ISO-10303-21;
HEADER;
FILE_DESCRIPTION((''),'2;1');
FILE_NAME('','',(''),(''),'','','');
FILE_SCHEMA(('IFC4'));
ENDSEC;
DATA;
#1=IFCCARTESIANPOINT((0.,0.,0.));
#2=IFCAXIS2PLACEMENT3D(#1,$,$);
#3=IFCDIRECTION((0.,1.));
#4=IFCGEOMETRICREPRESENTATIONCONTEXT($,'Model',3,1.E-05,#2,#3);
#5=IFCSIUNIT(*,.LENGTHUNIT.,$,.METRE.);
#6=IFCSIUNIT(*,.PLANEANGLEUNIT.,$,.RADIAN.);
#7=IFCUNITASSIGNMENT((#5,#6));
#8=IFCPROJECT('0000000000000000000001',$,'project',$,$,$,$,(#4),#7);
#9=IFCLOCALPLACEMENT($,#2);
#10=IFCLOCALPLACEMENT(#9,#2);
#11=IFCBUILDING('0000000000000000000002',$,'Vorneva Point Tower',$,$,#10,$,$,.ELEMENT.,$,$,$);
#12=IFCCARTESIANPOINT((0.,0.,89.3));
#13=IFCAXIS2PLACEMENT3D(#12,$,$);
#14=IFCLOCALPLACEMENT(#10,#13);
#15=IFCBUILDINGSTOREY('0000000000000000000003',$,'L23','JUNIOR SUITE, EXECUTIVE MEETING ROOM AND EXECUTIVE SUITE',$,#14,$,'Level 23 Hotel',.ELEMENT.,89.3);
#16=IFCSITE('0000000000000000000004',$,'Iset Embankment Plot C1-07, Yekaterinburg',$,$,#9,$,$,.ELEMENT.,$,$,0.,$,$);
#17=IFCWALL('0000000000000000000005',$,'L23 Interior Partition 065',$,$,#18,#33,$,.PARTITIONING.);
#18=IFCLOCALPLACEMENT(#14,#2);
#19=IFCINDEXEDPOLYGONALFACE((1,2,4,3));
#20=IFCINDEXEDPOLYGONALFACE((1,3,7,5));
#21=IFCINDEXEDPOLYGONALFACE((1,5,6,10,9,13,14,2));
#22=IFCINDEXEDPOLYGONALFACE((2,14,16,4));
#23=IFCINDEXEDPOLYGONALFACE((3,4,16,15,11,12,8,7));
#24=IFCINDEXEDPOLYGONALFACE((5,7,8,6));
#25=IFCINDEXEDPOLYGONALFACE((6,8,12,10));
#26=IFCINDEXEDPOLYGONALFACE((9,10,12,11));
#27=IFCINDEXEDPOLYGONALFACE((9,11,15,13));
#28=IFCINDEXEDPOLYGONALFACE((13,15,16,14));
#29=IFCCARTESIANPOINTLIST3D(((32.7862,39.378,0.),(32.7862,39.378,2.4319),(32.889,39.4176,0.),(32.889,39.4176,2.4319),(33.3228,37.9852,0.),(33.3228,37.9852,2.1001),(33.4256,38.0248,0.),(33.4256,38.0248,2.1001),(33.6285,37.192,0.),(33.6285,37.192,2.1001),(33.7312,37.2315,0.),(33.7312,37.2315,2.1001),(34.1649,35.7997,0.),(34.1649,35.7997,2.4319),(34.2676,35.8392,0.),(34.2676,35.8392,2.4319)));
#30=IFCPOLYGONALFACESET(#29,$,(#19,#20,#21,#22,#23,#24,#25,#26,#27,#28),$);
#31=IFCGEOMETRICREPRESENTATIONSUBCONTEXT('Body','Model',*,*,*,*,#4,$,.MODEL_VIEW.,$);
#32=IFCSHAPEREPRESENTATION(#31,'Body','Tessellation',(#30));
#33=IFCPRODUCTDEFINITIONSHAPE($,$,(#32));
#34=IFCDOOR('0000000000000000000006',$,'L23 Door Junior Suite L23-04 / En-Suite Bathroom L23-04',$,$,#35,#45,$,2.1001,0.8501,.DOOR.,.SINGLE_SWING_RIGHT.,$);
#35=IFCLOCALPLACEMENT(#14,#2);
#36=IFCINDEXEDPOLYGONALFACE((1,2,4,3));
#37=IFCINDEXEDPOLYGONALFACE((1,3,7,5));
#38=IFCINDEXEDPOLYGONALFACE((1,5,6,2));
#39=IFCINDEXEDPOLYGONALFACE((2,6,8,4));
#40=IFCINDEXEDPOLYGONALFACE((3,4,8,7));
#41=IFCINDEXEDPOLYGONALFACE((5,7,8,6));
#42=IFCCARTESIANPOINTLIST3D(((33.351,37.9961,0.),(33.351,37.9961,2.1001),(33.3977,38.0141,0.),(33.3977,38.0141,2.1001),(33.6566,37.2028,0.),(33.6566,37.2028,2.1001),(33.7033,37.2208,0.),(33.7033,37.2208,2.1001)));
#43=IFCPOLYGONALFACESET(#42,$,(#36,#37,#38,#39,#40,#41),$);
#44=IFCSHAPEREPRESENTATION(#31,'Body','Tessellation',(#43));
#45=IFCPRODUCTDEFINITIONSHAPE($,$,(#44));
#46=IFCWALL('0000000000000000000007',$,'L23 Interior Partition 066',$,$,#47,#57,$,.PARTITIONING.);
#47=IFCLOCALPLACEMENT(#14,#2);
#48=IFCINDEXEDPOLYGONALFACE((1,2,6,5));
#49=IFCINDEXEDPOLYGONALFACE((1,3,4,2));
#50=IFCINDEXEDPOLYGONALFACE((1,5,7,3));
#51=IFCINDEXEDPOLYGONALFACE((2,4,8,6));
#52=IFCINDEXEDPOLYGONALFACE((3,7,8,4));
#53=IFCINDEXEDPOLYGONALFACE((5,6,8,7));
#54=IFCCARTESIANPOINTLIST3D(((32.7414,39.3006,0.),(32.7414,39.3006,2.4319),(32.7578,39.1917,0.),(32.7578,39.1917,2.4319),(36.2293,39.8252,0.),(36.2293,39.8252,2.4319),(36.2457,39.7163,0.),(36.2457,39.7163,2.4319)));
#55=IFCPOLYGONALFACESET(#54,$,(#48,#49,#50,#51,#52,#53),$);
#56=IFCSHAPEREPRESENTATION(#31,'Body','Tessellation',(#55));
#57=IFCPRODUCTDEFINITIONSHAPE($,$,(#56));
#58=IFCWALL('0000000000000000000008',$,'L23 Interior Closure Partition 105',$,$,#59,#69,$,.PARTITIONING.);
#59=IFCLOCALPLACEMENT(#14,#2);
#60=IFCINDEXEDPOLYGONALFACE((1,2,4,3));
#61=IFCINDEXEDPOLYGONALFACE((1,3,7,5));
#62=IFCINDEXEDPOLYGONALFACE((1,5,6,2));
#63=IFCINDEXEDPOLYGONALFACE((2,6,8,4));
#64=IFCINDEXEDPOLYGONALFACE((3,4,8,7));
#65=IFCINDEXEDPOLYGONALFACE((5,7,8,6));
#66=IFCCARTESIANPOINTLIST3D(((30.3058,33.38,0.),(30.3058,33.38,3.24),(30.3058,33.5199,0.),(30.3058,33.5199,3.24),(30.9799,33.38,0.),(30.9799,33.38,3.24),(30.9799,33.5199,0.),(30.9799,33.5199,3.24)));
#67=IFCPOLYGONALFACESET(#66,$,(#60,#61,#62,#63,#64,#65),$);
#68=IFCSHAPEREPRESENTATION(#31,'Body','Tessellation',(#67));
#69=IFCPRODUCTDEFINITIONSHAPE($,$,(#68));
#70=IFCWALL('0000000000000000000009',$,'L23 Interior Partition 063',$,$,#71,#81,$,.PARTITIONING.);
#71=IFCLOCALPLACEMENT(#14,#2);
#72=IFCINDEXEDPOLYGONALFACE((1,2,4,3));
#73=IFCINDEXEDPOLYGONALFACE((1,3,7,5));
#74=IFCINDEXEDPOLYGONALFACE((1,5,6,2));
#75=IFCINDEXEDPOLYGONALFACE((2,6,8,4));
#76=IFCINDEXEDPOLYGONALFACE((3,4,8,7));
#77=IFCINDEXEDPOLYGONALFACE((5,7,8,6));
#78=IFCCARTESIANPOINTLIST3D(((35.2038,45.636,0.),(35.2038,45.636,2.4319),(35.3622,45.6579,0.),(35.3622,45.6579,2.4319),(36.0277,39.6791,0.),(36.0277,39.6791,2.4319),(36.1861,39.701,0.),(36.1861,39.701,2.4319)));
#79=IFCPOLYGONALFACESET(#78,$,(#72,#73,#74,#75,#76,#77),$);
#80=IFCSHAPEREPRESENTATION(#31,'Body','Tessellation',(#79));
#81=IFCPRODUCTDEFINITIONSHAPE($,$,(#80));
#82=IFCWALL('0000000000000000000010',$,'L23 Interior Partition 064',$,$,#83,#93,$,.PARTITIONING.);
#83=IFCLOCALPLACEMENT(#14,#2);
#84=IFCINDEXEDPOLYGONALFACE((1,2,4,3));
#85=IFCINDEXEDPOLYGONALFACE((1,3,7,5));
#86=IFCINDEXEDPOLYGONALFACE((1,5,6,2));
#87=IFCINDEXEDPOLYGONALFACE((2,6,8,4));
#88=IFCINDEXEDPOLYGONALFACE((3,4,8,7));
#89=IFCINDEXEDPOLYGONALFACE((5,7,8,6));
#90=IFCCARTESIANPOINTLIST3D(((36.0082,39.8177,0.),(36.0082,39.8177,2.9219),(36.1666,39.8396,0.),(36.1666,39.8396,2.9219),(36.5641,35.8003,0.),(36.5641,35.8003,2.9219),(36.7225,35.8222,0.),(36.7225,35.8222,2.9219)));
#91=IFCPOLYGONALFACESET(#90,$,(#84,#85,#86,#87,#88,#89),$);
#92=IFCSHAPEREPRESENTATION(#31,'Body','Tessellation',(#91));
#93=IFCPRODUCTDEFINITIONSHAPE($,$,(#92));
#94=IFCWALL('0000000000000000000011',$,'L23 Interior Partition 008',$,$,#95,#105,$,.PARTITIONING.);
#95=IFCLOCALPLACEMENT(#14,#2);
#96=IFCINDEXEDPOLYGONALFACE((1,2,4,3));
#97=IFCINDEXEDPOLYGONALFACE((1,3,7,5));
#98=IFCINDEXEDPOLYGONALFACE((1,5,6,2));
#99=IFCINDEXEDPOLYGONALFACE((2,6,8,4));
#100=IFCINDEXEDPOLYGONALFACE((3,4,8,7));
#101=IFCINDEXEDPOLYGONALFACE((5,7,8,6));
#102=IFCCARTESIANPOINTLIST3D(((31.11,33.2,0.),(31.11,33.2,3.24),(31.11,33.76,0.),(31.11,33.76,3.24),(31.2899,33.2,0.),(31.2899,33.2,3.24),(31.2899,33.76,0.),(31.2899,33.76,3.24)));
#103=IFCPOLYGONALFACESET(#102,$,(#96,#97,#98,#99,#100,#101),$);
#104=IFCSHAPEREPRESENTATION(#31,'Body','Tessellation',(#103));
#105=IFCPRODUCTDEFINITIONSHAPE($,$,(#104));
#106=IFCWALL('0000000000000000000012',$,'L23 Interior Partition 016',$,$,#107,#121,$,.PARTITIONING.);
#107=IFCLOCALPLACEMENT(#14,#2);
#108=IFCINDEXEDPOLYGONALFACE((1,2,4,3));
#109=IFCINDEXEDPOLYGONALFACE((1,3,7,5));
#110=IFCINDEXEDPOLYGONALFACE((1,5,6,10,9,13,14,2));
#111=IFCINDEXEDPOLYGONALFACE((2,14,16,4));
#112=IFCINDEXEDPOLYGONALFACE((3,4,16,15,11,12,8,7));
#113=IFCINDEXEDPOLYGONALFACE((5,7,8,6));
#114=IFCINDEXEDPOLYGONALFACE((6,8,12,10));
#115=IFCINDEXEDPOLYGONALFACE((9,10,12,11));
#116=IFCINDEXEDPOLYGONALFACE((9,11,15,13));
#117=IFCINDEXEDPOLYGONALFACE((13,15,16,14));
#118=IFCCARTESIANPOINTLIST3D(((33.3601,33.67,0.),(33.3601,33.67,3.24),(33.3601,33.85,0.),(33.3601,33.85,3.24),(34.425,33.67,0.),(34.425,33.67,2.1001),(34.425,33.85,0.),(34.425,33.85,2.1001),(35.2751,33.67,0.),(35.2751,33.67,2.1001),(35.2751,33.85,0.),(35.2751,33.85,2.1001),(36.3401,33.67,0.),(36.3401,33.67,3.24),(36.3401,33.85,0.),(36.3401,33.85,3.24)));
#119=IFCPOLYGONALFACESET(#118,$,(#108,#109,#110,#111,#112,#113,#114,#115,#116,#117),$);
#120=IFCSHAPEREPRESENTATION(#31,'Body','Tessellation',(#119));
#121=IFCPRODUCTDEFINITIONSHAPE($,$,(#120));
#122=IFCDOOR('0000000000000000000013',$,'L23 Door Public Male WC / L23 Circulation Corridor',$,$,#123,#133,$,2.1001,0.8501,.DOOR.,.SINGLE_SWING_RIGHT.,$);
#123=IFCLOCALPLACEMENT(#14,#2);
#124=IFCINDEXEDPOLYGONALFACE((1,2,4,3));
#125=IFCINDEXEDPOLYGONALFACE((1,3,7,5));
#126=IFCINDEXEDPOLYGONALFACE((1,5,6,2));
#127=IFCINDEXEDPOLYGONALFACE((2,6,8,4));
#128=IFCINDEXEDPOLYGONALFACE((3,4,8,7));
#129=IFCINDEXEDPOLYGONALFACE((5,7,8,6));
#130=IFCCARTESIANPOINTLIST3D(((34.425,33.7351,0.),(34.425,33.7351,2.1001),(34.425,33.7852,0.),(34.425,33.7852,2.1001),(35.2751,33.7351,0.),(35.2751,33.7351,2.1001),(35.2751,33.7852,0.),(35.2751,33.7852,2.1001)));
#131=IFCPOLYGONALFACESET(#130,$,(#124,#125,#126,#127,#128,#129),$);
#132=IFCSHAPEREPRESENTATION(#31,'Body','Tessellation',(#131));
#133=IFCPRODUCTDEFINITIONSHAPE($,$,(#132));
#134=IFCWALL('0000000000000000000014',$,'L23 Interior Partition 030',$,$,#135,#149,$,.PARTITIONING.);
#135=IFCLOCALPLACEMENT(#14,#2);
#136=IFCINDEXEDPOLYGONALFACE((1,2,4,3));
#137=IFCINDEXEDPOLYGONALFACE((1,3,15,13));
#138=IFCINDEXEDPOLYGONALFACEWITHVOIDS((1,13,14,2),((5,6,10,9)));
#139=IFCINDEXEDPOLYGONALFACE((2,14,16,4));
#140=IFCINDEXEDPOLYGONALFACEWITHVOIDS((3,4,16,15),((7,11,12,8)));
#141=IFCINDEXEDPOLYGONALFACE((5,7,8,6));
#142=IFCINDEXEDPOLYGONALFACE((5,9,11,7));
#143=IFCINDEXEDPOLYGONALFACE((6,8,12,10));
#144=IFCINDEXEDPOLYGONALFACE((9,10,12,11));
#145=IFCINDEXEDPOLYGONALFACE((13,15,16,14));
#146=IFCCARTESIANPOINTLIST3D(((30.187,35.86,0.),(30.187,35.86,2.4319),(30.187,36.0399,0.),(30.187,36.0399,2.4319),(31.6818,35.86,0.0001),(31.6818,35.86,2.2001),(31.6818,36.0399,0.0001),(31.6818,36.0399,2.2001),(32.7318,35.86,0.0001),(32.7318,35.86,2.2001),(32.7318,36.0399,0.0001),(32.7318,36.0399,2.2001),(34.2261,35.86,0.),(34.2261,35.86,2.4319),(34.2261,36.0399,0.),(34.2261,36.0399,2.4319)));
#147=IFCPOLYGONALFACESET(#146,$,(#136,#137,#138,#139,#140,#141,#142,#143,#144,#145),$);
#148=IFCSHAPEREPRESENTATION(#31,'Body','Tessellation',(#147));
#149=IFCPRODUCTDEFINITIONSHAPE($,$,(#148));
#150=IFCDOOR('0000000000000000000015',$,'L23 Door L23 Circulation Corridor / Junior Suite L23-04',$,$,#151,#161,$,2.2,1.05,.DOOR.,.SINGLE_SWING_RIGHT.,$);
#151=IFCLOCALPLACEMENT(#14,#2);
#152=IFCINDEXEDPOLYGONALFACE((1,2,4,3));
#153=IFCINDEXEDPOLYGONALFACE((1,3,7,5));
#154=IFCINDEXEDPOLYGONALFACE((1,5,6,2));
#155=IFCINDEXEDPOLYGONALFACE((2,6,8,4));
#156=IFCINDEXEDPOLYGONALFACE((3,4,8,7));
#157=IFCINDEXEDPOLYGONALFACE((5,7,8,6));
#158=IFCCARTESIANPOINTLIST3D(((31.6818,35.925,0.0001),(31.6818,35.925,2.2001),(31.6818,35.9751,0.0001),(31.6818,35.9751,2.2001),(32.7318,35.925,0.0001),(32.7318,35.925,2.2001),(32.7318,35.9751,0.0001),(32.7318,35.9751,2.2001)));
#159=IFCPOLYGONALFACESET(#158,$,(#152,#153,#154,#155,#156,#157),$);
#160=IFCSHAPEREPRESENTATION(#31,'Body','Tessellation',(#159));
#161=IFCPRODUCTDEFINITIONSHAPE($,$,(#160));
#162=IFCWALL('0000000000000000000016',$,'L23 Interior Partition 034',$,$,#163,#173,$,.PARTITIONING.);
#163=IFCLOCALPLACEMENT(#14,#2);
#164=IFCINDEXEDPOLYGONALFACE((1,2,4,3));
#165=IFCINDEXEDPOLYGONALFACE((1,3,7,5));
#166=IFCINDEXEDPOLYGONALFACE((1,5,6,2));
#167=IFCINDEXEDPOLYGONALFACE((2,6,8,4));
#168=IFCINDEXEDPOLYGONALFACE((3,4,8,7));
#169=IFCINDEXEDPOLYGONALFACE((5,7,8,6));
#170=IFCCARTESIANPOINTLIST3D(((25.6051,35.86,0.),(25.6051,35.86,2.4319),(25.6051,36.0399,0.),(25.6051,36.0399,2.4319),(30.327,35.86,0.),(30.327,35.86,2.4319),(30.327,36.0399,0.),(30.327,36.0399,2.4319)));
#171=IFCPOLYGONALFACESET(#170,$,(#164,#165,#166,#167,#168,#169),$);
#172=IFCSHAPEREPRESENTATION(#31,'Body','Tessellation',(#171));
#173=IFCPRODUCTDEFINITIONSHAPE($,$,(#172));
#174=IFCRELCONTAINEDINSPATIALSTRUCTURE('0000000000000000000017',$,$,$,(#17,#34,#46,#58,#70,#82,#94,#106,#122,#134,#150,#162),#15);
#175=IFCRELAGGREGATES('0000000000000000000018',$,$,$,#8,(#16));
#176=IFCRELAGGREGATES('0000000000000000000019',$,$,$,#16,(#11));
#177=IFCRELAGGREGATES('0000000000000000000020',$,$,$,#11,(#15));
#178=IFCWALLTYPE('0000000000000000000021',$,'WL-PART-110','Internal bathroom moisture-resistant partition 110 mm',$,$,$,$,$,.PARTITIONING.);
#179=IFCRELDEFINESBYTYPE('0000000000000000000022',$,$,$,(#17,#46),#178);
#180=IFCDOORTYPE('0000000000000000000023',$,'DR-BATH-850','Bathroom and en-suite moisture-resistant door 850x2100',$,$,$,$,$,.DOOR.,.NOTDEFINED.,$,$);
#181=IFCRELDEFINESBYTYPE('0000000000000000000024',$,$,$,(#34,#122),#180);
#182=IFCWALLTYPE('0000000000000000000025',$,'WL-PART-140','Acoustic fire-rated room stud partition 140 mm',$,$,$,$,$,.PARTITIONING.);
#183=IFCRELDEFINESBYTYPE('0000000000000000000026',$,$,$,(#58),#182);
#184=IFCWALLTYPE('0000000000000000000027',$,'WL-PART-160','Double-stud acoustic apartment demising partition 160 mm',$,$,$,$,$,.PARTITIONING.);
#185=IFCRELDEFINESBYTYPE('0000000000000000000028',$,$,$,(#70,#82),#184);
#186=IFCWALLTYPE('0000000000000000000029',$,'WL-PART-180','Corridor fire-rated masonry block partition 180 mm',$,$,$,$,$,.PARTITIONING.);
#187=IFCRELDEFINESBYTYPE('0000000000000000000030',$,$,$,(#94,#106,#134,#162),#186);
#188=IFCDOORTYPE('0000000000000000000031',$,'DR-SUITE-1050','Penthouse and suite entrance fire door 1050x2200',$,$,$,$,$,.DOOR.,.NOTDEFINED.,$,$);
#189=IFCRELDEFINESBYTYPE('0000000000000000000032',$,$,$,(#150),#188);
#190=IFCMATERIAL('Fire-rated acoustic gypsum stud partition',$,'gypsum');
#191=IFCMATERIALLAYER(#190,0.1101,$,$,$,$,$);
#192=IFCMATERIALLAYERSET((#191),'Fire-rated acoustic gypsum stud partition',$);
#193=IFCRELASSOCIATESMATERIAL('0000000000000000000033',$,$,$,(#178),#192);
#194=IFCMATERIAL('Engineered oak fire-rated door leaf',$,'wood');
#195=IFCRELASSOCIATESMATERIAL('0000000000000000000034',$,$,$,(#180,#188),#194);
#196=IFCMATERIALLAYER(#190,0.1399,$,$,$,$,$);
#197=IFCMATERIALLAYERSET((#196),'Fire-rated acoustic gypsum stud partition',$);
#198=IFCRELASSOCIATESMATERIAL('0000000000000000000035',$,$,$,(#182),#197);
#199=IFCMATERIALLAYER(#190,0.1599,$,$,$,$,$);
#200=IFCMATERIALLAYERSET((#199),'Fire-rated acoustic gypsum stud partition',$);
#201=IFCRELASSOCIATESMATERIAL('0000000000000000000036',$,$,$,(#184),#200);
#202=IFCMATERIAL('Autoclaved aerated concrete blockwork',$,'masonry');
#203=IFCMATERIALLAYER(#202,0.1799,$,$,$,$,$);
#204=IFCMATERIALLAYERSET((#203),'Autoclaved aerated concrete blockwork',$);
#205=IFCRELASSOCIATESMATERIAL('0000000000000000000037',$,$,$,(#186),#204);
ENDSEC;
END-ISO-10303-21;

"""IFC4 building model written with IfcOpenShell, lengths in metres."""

from ifc_helpers import new_model, si_unit, direction, frame, frame_2d, origin, place, context, subcontext, project, spatial, rectangle, extrude, material, layer, layer_set, type_object, element, fill, save


model = new_model("IFC4")

# Units and contexts
model_context = context("Model", 3, precision=1e-05, world=origin(), true_north=direction((0.0, 1.0)))
body_context = subcontext(model_context, "Body", "Model", "MODEL_VIEW")
ifc_project = project(units=[si_unit("LENGTHUNIT", "METRE"), si_unit("PLANEANGLEUNIT", "RADIAN")], contexts=[model_context])

# Site, building, storey
site_placement = place(None, origin())
site = spatial("IfcSite", under=ifc_project, at=site_placement, Name="Iset Embankment Plot C1-07, Yekaterinburg", CompositionType="ELEMENT", RefElevation=0.0)
building_placement = place(site_placement, origin())
building = spatial("IfcBuilding", under=site, at=building_placement, Name="Vorneva Point Tower", CompositionType="ELEMENT")
storey_placement = place(building_placement, frame((0.0, 0.0, 89.3)))
storey = spatial("IfcBuildingStorey", under=building, at=storey_placement, Name="L23", Description="JUNIOR SUITE, EXECUTIVE MEETING ROOM AND EXECUTIVE SUITE", LongName="Level 23 Hotel", CompositionType="ELEMENT", Elevation=89.3)

# Wall, opening, door
ifc_material_1 = material(Name="Fire-rated acoustic gypsum stud partition", Category="gypsum")
ifc_layer_1 = layer(ifc_material_1, 0.1101)
ifc_layer_set_1 = layer_set([ifc_layer_1], Name="Fire-rated acoustic gypsum stud partition")
wall_type_1 = type_object("IfcWallType", Name="WL-PART-110", Description="Internal bathroom moisture-resistant partition 110 mm", PredefinedType="PARTITIONING", material=ifc_layer_set_1)
wall_1_placement = place(storey_placement, frame((34.2163, 35.8193, 0.0), z_axis=(0.0, 0.0, 1.0), x_axis=(-0.359517, 0.933139, 0.0)))
wall_1 = element("IfcWall", 1, at=wall_1_placement, inside=storey, type_object=wall_type_1, Name="L23 Interior Partition 065", PredefinedType="PARTITIONING", context=body_context, shape_type="SweptSolid", body=[
    extrude(rectangle(XDim=3.8347, YDim=0.1101, at=frame_2d((1.9175, 0.0))), origin(), (0.0, 0.0, 1.0), 2.4319),
])
opening_1_placement = place(wall_1_placement, frame((1.4922, 0.0, 0.0)))
opening_1 = element("IfcOpeningElement", 2, at=opening_1_placement, cuts=wall_1, PredefinedType="OPENING", context=body_context, shape_type="SweptSolid", body=[
    extrude(rectangle(XDim=0.8501, YDim=2.1001, at=frame_2d((0.425, 1.05))), frame((0.0, 0.0698, 0.0), z_axis=(0.0, -1.0, 0.0), x_axis=(1.0, 0.0, 0.0)), (0.0, 0.0, 1.0), 0.1399),
])
ifc_material_2 = material(Name="Engineered oak fire-rated door leaf", Category="wood")
door_type_1 = type_object("IfcDoorType", Name="DR-BATH-850", Description="Bathroom and en-suite moisture-resistant door 850x2100", OperationType="NOTDEFINED", PredefinedType="DOOR", material=ifc_material_2)
door_1_placement = place(opening_1_placement, origin())
door_1 = element("IfcDoor", 3, at=door_1_placement, inside=storey, type_object=door_type_1, Name="L23 Door Junior Suite L23-04 / En-Suite Bathroom L23-04", OperationType="SINGLE_SWING_RIGHT", OverallHeight=2.1001, OverallWidth=0.8501, PredefinedType="DOOR", context=body_context, shape_type="SweptSolid", body=[
    extrude(rectangle(XDim=0.8501, YDim=2.1001, at=frame_2d((0.425, 1.05))), frame((0.0, 0.0249, 0.0), z_axis=(0.0, -1.0, 0.0), x_axis=(1.0, 0.0, 0.0)), (0.0, 0.0, 1.0), 0.05),
])
fill(opening_1, door_1)

# Walls
wall_2_placement = place(storey_placement, frame((32.7495, 39.2461, 0.0), z_axis=(0.0, 0.0, 1.0), x_axis=(0.988874, 0.148753, 0.0)))
element("IfcWall", 4, at=wall_2_placement, inside=storey, type_object=wall_type_1, Name="L23 Interior Partition 066", PredefinedType="PARTITIONING", context=body_context, shape_type="SweptSolid", body=[
    extrude(rectangle(XDim=3.5271, YDim=0.1101, at=frame_2d((1.7637, 0.0))), origin(), (0.0, 0.0, 1.0), 2.4319),
])
ifc_layer_2 = layer(ifc_material_1, 0.1399)
ifc_layer_set_2 = layer_set([ifc_layer_2], Name="Fire-rated acoustic gypsum stud partition")
wall_type_2 = type_object("IfcWallType", Name="WL-PART-140", Description="Acoustic fire-rated room stud partition 140 mm", PredefinedType="PARTITIONING", material=ifc_layer_set_2)
wall_3_placement = place(storey_placement, frame((30.3059, 33.45, 0.0), z_axis=(0.0, 0.0, 1.0), x_axis=(1.0, 0.0, 0.0)))
element("IfcWall", 5, at=wall_3_placement, inside=storey, type_object=wall_type_2, Name="L23 Interior Closure Partition 105", PredefinedType="PARTITIONING", context=body_context, shape_type="SweptSolid", body=[
    extrude(rectangle(XDim=0.6741, YDim=0.1399, at=frame_2d((0.3369, 0.0))), origin(), (0.0, 0.0, 1.0), 3.24),
])
ifc_layer_3 = layer(ifc_material_1, 0.1599)
ifc_layer_set_3 = layer_set([ifc_layer_3], Name="Fire-rated acoustic gypsum stud partition")
wall_type_3 = type_object("IfcWallType", Name="WL-PART-160", Description="Double-stud acoustic apartment demising partition 160 mm", PredefinedType="PARTITIONING", material=ifc_layer_set_3)
wall_4_placement = place(storey_placement, frame((35.283, 45.647, 0.0), z_axis=(0.0, 0.0, 1.0), x_axis=(0.137015, -0.990569, 0.0)))
element("IfcWall", 6, at=wall_4_placement, inside=storey, type_object=wall_type_3, Name="L23 Interior Partition 063", PredefinedType="PARTITIONING", context=body_context, shape_type="SweptSolid", body=[
    extrude(rectangle(XDim=6.0137, YDim=0.1599, at=frame_2d((3.0068, 0.0))), origin(), (0.0, 0.0, 1.0), 2.4319),
])
wall_5_placement = place(storey_placement, frame((36.0874, 39.8286, 0.0), z_axis=(0.0, 0.0, 1.0), x_axis=(0.137071, -0.990561, 0.0)))
element("IfcWall", 7, at=wall_5_placement, inside=storey, type_object=wall_type_3, Name="L23 Interior Partition 064", PredefinedType="PARTITIONING", context=body_context, shape_type="SweptSolid", body=[
    extrude(rectangle(XDim=4.0557, YDim=0.1599, at=frame_2d((2.0278, 0.0))), origin(), (0.0, 0.0, 1.0), 2.9219),
])

# Shared definitions
ifc_material_3 = material(Name="Autoclaved aerated concrete blockwork", Category="masonry")
ifc_layer_4 = layer(ifc_material_3, 0.1799)
ifc_layer_set_4 = layer_set([ifc_layer_4], Name="Autoclaved aerated concrete blockwork")
wall_type_4 = type_object("IfcWallType", Name="WL-PART-180", Description="Corridor fire-rated masonry block partition 180 mm", PredefinedType="PARTITIONING", material=ifc_layer_set_4)

# Wall
wall_6_placement = place(storey_placement, frame((31.2, 33.76, 0.0), z_axis=(0.0, 0.0, 1.0), x_axis=(0.0, -1.0, 0.0)))
element("IfcWall", 8, at=wall_6_placement, inside=storey, type_object=wall_type_4, Name="L23 Interior Partition 008", PredefinedType="PARTITIONING", context=body_context, shape_type="SweptSolid", body=[
    extrude(rectangle(XDim=0.5601, YDim=0.1799, at=frame_2d((0.28, 0.0))), origin(), (0.0, 0.0, 1.0), 3.24),
])

# Walls, openings, doors
wall_7_placement = place(storey_placement, frame((36.3401, 33.76, 0.0), z_axis=(0.0, 0.0, 1.0), x_axis=(-1.0, 0.0, 0.0)))
wall_7 = element("IfcWall", 9, at=wall_7_placement, inside=storey, type_object=wall_type_4, Name="L23 Interior Partition 016", PredefinedType="PARTITIONING", context=body_context, shape_type="SweptSolid", body=[
    extrude(rectangle(XDim=2.98, YDim=0.1799, at=frame_2d((1.49, 0.0))), origin(), (0.0, 0.0, 1.0), 3.24),
])
opening_2_placement = place(wall_7_placement, frame((1.0649, 0.0, 0.0)))
opening_2 = element("IfcOpeningElement", 10, at=opening_2_placement, cuts=wall_7, PredefinedType="OPENING", context=body_context, shape_type="SweptSolid", body=[
    extrude(rectangle(XDim=0.8501, YDim=2.1001, at=frame_2d((0.425, 1.05))), frame((0.0, 0.105, 0.0), z_axis=(0.0, -1.0, 0.0), x_axis=(1.0, 0.0, 0.0)), (0.0, 0.0, 1.0), 0.2097),
])
door_2_placement = place(opening_2_placement, origin())
door_2 = element("IfcDoor", 11, at=door_2_placement, inside=storey, type_object=door_type_1, Name="L23 Door Public Male WC / L23 Circulation Corridor", OperationType="SINGLE_SWING_RIGHT", OverallHeight=2.1001, OverallWidth=0.8501, PredefinedType="DOOR", context=body_context, shape_type="SweptSolid", body=[
    extrude(rectangle(XDim=0.8501, YDim=2.1001, at=frame_2d((0.425, 1.05))), frame((0.0, 0.0249, 0.0), z_axis=(0.0, -1.0, 0.0), x_axis=(1.0, 0.0, 0.0)), (0.0, 0.0, 1.0), 0.05),
])
fill(opening_2, door_2)
wall_8_placement = place(storey_placement, frame((34.2261, 35.95, 0.0), z_axis=(0.0, 0.0, 1.0), x_axis=(-1.0, 0.0, 0.0)))
wall_8 = element("IfcWall", 12, at=wall_8_placement, inside=storey, type_object=wall_type_4, Name="L23 Interior Partition 030", PredefinedType="PARTITIONING", context=body_context, shape_type="SweptSolid", body=[
    extrude(rectangle(XDim=4.0391, YDim=0.1799, at=frame_2d((2.0195, 0.0))), origin(), (0.0, 0.0, 1.0), 2.4319),
])
opening_3_placement = place(wall_8_placement, frame((1.4944, 0.0, 0.0)))
opening_3 = element("IfcOpeningElement", 13, at=opening_3_placement, cuts=wall_8, PredefinedType="OPENING", context=body_context, shape_type="SweptSolid", body=[
    extrude(rectangle(XDim=1.05, YDim=2.2, at=frame_2d((0.5249, 1.1001))), frame((0.0, 0.105, 0.0), z_axis=(0.0, -1.0, 0.0), x_axis=(1.0, 0.0, 0.0)), (0.0, 0.0, 1.0), 0.2097),
])
door_type_2 = type_object("IfcDoorType", Name="DR-SUITE-1050", Description="Penthouse and suite entrance fire door 1050x2200", OperationType="NOTDEFINED", PredefinedType="DOOR", material=ifc_material_2)
door_3_placement = place(opening_3_placement, origin())
door_3 = element("IfcDoor", 14, at=door_3_placement, inside=storey, type_object=door_type_2, Name="L23 Door L23 Circulation Corridor / Junior Suite L23-04", OperationType="SINGLE_SWING_RIGHT", OverallHeight=2.2, OverallWidth=1.05, PredefinedType="DOOR", context=body_context, shape_type="SweptSolid", body=[
    extrude(rectangle(XDim=1.05, YDim=2.2, at=frame_2d((0.5249, 1.1001))), frame((0.0, 0.0249, 0.0), z_axis=(0.0, -1.0, 0.0), x_axis=(1.0, 0.0, 0.0)), (0.0, 0.0, 1.0), 0.05),
])
fill(opening_3, door_3)

# Wall
wall_9_placement = place(storey_placement, frame((30.3269, 35.95, 0.0), z_axis=(0.0, 0.0, 1.0), x_axis=(-1.0, 0.0, 0.0)))
element("IfcWall", 15, at=wall_9_placement, inside=storey, type_object=wall_type_4, Name="L23 Interior Partition 034", PredefinedType="PARTITIONING", context=body_context, shape_type="SweptSolid", body=[
    extrude(rectangle(XDim=4.7219, YDim=0.1799, at=frame_2d((2.3608, 0.0))), origin(), (0.0, 0.0, 1.0), 2.4319),
])

save(model, "model.ifc")
